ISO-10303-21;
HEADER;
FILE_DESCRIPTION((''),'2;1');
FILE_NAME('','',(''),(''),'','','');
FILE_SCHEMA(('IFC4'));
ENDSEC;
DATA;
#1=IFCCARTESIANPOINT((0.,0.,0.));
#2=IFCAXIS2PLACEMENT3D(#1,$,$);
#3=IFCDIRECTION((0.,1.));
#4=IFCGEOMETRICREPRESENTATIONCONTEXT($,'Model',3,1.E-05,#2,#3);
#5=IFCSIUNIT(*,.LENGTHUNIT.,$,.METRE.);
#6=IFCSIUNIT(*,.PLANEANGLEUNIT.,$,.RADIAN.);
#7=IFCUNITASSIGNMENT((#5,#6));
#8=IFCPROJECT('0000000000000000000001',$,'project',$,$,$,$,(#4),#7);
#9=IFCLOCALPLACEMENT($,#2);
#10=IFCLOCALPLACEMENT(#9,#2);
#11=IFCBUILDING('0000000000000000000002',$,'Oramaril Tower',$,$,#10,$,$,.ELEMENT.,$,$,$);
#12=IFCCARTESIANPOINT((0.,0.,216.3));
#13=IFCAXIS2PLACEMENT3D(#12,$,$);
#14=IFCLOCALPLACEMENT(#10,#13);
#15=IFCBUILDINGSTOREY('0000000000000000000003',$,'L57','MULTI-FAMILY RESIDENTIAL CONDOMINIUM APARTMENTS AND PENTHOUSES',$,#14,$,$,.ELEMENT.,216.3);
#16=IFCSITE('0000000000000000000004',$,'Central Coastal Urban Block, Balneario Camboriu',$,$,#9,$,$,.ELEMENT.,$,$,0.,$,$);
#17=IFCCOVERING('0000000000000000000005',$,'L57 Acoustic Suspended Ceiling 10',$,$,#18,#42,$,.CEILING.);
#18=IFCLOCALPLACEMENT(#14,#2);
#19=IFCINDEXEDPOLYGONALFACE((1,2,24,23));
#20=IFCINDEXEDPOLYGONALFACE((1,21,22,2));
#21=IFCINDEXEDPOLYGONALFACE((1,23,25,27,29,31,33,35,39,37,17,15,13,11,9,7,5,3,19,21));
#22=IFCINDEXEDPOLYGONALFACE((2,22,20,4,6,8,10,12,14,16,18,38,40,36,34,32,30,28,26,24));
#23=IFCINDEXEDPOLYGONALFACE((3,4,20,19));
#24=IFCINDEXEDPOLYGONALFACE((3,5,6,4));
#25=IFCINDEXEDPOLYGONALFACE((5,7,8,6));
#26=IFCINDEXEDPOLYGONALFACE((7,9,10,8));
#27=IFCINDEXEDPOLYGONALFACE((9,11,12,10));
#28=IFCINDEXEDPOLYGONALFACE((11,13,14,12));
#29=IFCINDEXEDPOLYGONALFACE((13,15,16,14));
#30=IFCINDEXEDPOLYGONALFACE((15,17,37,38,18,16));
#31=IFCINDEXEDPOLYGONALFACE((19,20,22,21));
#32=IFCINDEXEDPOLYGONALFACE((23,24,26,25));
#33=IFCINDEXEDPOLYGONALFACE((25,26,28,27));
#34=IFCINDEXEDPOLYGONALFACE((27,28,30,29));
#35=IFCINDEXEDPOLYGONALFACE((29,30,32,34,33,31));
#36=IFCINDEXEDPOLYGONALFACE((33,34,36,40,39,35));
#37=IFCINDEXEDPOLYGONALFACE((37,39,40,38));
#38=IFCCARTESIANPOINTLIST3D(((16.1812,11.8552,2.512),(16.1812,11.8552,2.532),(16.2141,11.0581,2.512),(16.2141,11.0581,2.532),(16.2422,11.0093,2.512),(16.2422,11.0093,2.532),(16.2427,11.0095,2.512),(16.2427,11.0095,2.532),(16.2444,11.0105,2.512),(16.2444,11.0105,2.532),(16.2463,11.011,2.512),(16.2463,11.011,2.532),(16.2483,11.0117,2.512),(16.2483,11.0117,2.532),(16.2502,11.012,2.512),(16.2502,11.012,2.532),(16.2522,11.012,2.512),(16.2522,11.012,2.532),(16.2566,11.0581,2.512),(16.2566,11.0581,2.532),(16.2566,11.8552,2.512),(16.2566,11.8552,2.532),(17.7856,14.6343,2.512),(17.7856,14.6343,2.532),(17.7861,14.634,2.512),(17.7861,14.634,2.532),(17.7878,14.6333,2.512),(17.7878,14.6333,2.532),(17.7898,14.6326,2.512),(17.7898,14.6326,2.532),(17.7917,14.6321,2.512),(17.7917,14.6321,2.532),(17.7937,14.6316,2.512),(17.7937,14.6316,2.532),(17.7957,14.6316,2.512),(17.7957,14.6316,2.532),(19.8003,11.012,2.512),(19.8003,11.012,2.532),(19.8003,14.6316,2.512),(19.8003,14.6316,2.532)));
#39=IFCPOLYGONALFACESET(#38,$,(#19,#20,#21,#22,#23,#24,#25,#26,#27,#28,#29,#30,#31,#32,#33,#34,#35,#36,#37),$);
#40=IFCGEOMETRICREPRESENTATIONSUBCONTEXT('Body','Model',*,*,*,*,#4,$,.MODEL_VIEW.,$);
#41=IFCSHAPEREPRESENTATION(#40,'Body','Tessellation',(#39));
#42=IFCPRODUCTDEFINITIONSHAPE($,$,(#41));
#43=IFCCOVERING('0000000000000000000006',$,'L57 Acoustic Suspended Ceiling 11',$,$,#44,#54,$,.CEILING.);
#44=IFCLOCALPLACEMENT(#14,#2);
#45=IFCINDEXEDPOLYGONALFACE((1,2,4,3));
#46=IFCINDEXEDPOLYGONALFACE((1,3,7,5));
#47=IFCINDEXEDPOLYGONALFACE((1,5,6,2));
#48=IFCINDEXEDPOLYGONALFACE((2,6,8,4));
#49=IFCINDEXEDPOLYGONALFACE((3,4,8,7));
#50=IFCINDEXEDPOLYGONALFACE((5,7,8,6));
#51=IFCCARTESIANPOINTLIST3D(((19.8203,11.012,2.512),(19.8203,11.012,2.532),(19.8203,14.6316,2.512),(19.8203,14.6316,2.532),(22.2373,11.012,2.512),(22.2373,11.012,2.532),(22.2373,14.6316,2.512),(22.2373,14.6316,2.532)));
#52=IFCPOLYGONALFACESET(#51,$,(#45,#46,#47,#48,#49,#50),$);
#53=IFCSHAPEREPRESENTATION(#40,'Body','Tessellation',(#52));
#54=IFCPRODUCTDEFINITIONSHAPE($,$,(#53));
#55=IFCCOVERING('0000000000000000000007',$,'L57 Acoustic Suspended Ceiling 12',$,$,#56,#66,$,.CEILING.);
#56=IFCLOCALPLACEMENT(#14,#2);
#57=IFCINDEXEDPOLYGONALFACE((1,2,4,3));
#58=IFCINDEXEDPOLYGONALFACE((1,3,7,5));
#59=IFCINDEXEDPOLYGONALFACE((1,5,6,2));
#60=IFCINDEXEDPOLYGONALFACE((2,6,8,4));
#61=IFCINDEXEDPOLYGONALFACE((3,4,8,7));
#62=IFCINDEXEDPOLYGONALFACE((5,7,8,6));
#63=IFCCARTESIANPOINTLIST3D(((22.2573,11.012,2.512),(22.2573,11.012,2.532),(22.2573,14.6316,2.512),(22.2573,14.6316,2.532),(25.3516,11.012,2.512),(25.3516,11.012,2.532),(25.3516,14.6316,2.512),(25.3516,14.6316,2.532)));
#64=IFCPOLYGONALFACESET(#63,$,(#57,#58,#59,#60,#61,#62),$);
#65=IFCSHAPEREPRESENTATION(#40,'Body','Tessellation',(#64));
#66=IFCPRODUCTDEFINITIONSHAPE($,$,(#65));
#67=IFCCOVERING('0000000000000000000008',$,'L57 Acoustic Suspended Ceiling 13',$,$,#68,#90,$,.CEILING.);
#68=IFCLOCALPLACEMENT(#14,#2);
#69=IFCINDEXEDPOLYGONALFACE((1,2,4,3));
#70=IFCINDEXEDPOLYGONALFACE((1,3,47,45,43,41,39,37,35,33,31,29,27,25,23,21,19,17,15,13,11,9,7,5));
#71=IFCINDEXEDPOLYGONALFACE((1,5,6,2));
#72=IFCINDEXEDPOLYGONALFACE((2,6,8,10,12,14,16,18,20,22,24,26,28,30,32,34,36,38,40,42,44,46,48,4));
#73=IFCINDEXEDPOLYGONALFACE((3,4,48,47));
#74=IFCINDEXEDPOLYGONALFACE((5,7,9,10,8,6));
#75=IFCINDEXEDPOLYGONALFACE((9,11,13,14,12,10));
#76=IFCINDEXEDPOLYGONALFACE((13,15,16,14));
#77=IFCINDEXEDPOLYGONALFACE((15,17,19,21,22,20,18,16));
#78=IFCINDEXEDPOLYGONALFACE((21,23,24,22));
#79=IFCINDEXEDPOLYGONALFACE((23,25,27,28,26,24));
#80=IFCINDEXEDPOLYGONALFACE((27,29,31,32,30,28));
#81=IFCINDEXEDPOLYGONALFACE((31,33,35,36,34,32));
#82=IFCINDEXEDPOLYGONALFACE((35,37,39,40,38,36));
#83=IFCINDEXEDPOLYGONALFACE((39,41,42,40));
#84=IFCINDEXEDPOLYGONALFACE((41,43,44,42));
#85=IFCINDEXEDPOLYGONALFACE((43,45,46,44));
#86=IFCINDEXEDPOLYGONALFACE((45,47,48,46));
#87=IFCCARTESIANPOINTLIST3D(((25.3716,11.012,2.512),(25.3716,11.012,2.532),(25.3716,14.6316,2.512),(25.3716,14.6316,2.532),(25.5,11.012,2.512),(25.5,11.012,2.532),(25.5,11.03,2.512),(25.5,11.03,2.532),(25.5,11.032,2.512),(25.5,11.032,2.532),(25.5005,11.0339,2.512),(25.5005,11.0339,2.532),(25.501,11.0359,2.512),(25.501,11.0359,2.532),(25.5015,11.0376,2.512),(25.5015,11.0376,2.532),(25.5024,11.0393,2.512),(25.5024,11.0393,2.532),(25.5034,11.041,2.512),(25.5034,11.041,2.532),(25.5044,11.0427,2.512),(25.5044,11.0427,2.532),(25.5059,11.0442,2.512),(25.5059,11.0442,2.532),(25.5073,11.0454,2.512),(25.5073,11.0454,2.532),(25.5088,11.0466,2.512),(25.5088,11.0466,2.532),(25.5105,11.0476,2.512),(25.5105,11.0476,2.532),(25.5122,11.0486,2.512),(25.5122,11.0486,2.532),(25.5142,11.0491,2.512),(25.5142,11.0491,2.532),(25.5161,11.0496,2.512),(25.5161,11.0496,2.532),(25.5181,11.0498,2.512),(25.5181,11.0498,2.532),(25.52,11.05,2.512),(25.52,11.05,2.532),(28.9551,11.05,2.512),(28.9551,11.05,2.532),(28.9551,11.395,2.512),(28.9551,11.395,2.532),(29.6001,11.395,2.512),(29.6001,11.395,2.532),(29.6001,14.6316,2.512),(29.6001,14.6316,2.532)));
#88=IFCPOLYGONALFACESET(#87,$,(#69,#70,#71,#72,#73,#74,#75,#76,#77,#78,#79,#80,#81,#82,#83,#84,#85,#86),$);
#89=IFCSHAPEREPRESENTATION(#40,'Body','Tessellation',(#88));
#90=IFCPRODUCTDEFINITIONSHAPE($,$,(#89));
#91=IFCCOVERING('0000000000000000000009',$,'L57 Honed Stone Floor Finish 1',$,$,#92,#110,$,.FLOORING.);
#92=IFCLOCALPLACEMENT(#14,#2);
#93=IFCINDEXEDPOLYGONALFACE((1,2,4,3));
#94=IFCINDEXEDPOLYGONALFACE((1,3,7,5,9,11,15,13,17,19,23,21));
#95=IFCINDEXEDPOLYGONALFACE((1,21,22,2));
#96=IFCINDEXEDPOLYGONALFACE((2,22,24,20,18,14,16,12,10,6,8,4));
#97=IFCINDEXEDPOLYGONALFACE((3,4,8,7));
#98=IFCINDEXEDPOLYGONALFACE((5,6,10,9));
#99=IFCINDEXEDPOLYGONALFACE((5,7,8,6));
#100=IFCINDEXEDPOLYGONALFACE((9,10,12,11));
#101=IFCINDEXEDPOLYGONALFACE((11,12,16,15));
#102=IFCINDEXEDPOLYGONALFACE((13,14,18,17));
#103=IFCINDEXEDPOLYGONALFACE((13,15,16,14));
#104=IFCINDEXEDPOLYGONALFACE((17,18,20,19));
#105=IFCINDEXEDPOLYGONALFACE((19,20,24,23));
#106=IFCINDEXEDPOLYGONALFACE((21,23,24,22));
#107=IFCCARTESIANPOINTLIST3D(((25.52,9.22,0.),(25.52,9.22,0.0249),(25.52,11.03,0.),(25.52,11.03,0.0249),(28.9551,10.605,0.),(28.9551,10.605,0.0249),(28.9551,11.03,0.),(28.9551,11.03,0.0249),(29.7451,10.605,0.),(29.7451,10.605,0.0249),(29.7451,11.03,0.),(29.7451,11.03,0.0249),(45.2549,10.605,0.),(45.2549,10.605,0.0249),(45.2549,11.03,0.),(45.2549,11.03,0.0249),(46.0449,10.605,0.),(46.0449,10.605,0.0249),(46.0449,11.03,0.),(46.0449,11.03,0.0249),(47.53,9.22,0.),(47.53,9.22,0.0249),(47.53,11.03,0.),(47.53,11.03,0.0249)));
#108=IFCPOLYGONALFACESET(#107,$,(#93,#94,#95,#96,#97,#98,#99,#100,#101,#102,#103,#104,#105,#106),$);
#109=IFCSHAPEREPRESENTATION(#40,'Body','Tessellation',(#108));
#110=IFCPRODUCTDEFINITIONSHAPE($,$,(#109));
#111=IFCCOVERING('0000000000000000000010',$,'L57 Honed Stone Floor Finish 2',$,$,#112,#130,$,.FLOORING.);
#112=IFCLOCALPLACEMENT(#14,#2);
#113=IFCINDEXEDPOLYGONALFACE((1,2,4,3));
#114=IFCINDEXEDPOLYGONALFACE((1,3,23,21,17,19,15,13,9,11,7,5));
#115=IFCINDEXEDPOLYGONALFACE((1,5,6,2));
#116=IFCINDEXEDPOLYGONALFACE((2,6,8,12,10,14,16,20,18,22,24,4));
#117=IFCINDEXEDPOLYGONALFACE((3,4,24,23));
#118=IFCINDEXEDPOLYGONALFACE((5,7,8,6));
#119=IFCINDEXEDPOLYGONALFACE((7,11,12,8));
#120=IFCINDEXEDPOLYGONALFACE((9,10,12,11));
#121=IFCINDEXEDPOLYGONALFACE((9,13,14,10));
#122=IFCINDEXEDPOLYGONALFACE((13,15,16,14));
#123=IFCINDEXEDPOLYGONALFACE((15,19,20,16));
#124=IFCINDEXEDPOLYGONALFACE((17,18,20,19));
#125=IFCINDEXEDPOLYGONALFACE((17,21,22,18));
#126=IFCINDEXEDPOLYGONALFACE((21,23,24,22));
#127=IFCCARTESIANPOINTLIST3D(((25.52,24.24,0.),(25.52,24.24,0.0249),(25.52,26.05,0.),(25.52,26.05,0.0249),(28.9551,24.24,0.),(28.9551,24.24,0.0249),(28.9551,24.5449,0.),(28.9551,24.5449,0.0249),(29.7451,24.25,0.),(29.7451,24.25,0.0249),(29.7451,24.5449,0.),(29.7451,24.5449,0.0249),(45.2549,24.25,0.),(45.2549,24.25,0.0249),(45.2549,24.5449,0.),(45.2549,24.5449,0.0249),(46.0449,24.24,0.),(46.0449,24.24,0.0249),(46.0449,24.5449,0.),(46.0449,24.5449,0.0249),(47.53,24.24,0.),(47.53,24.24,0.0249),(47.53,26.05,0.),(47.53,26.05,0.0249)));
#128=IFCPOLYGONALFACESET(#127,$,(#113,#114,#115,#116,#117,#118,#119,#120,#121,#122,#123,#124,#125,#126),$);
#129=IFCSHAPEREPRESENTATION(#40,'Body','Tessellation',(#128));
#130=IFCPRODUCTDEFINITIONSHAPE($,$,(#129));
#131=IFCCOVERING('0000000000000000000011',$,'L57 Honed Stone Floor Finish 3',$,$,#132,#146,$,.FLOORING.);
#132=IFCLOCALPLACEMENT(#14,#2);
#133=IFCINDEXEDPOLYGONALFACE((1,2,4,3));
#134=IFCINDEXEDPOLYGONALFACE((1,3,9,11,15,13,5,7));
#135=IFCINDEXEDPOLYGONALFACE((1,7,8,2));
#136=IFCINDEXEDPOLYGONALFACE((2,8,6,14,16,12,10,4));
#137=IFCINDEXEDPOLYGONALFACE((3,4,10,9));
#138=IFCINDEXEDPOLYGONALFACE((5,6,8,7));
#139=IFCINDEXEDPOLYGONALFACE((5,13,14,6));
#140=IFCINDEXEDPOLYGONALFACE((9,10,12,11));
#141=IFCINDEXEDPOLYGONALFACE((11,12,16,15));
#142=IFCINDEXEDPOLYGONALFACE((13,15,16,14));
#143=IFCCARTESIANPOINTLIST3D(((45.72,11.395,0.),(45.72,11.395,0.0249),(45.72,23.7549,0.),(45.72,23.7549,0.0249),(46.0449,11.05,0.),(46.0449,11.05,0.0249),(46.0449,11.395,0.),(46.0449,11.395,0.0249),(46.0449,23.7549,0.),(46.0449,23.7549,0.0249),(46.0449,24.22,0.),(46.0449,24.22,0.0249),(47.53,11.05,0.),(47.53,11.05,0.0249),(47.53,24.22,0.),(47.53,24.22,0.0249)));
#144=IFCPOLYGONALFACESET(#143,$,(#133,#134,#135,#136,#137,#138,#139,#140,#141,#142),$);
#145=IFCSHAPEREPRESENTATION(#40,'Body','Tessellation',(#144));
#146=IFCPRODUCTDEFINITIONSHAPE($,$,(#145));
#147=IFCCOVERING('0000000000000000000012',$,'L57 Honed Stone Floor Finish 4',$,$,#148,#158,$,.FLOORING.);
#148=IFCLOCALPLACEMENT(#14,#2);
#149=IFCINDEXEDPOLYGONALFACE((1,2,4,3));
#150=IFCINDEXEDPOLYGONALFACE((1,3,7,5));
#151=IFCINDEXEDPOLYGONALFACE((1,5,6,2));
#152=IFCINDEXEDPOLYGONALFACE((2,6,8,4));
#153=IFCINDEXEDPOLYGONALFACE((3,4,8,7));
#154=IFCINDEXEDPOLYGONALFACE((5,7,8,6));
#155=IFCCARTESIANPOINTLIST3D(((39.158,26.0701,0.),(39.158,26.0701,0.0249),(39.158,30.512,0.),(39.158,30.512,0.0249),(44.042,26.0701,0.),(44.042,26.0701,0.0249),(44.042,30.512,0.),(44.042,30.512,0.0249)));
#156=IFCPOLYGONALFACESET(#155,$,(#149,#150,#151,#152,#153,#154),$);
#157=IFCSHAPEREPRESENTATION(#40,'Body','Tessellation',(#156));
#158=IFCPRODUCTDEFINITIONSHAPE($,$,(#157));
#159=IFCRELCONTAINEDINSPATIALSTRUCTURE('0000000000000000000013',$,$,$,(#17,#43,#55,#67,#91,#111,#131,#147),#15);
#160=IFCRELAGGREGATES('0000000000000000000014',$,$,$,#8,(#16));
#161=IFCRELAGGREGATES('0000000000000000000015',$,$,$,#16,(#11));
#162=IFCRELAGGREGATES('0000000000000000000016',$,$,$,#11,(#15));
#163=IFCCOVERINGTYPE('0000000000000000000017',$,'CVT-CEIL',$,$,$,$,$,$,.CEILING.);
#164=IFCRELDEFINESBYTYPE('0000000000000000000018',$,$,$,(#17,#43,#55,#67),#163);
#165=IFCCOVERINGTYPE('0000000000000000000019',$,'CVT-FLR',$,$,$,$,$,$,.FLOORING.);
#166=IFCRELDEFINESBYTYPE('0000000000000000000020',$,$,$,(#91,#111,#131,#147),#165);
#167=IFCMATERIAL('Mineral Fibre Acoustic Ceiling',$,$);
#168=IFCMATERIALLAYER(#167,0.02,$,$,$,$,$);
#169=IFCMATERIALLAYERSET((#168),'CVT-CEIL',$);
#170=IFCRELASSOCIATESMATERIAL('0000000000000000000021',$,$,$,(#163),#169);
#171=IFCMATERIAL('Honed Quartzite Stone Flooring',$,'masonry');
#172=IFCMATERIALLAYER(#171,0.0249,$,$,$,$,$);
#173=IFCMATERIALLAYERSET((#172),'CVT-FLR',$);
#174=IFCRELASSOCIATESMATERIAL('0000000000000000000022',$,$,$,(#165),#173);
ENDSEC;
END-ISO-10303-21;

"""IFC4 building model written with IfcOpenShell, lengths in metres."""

from ifc_helpers import new_model, si_unit, direction, frame, origin, place, context, subcontext, project, spatial, polyline, outline, extrude, material, layer, layer_set, type_object, element, save


model = new_model("IFC4")

# Units and contexts
model_context = context("Model", 3, precision=1e-05, world=origin(), true_north=direction((0.0, 1.0)))
body_context = subcontext(model_context, "Body", "Model", "MODEL_VIEW")
ifc_project = project(units=[si_unit("LENGTHUNIT", "METRE"), si_unit("PLANEANGLEUNIT", "RADIAN")], contexts=[model_context])

# Site, building, storey
site_placement = place(None, origin())
site = spatial("IfcSite", under=ifc_project, at=site_placement, Name="Central Coastal Urban Block, Balneario Camboriu", CompositionType="ELEMENT", RefElevation=0.0)
building_placement = place(site_placement, origin())
building = spatial("IfcBuilding", under=site, at=building_placement, Name="Oramaril Tower", CompositionType="ELEMENT")
storey_placement = place(building_placement, frame((0.0, 0.0, 216.3)))
storey = spatial("IfcBuildingStorey", under=building, at=storey_placement, Name="L57", Description="MULTI-FAMILY RESIDENTIAL CONDOMINIUM APARTMENTS AND PENTHOUSES", CompositionType="ELEMENT", Elevation=216.3)

# Coverings
ifc_material_1 = material(Name="Mineral Fibre Acoustic Ceiling")
ifc_layer_1 = layer(ifc_material_1, 0.02)
ifc_layer_set_1 = layer_set([ifc_layer_1], Name="CVT-CEIL")
covering_type_1 = type_object("IfcCoveringType", Name="CVT-CEIL", PredefinedType="CEILING", material=ifc_layer_set_1)
covering_1_placement = place(storey_placement, frame((0.0, 0.0, 2.512)))
element("IfcCovering", 1, at=covering_1_placement, inside=storey, type_object=covering_type_1, Name="L57 Acoustic Suspended Ceiling 10", PredefinedType="CEILING", context=body_context, shape_type="SweptSolid", body=[
    extrude(outline(polyline([(16.2141, 11.0581), (16.2566, 11.0581), (16.2566, 11.8552), (16.1812, 11.8552), (17.7856, 14.6343), (17.7861, 14.634), (17.7878, 14.6333), (17.7898, 14.6326), (17.7917, 14.6321), (17.7937, 14.6316), (17.7957, 14.6316), (19.8003, 14.6316), (19.8003, 11.012), (16.2522, 11.012), (16.2502, 11.012), (16.2483, 11.0117), (16.2463, 11.011), (16.2444, 11.0105), (16.2427, 11.0095), (16.2422, 11.0093), (16.2141, 11.0581)])), origin(), (0.0, 0.0, 1.0), 0.02),
])
covering_2_placement = place(storey_placement, frame((0.0, 0.0, 2.512)))
element("IfcCovering", 2, at=covering_2_placement, inside=storey, type_object=covering_type_1, Name="L57 Acoustic Suspended Ceiling 11", PredefinedType="CEILING", context=body_context, shape_type="SweptSolid", body=[
    extrude(outline(polyline([(22.2373, 11.012), (19.8203, 11.012), (19.8203, 14.6316), (22.2373, 14.6316), (22.2373, 11.012)])), origin(), (0.0, 0.0, 1.0), 0.02),
])
covering_3_placement = place(storey_placement, frame((0.0, 0.0, 2.512)))
element("IfcCovering", 3, at=covering_3_placement, inside=storey, type_object=covering_type_1, Name="L57 Acoustic Suspended Ceiling 12", PredefinedType="CEILING", context=body_context, shape_type="SweptSolid", body=[
    extrude(outline(polyline([(25.3516, 11.012), (22.2573, 11.012), (22.2573, 14.6316), (25.3516, 14.6316), (25.3516, 11.012)])), origin(), (0.0, 0.0, 1.0), 0.02),
])
covering_4_placement = place(storey_placement, frame((0.0, 0.0, 2.512)))
element("IfcCovering", 4, at=covering_4_placement, inside=storey, type_object=covering_type_1, Name="L57 Acoustic Suspended Ceiling 13", PredefinedType="CEILING", context=body_context, shape_type="SweptSolid", body=[
    extrude(outline(polyline([(29.6001, 11.395), (28.9551, 11.395), (28.9551, 11.05), (25.52, 11.05), (25.5181, 11.0498), (25.5161, 11.0496), (25.5142, 11.0491), (25.5122, 11.0486), (25.5105, 11.0476), (25.5088, 11.0466), (25.5073, 11.0454), (25.5059, 11.0442), (25.5044, 11.0427), (25.5034, 11.041), (25.5024, 11.0393), (25.5015, 11.0376), (25.501, 11.0359), (25.5005, 11.0339), (25.5, 11.032), (25.5, 11.03), (25.5, 11.012), (25.3716, 11.012), (25.3716, 14.6316), (29.6001, 14.6316), (29.6001, 11.395)])), origin(), (0.0, 0.0, 1.0), 0.02),
])
ifc_material_2 = material(Name="Honed Quartzite Stone Flooring", Category="masonry")
ifc_layer_2 = layer(ifc_material_2, 0.0249)
ifc_layer_set_2 = layer_set([ifc_layer_2], Name="CVT-FLR")
covering_type_2 = type_object("IfcCoveringType", Name="CVT-FLR", PredefinedType="FLOORING", material=ifc_layer_set_2)
covering_5_placement = place(storey_placement, origin())
element("IfcCovering", 5, at=covering_5_placement, inside=storey, type_object=covering_type_2, Name="L57 Honed Stone Floor Finish 1", PredefinedType="FLOORING", context=body_context, shape_type="SweptSolid", body=[
    extrude(outline(polyline([(28.9551, 10.605), (29.7451, 10.605), (29.7451, 11.03), (45.2549, 11.03), (45.2549, 10.605), (46.0449, 10.605), (46.0449, 11.03), (47.53, 11.03), (47.53, 9.22), (25.52, 9.22), (25.52, 11.03), (28.9551, 11.03), (28.9551, 10.605)])), origin(), (0.0, 0.0, 1.0), 0.0249),
])
covering_6_placement = place(storey_placement, origin())
element("IfcCovering", 6, at=covering_6_placement, inside=storey, type_object=covering_type_2, Name="L57 Honed Stone Floor Finish 2", PredefinedType="FLOORING", context=body_context, shape_type="SweptSolid", body=[
    extrude(outline(polyline([(47.53, 24.24), (46.0449, 24.24), (46.0449, 24.5449), (45.2549, 24.5449), (45.2549, 24.25), (29.7451, 24.25), (29.7451, 24.5449), (28.9551, 24.5449), (28.9551, 24.24), (25.52, 24.24), (25.52, 26.05), (47.53, 26.05), (47.53, 24.24)])), origin(), (0.0, 0.0, 1.0), 0.0249),
])
covering_7_placement = place(storey_placement, origin())
element("IfcCovering", 7, at=covering_7_placement, inside=storey, type_object=covering_type_2, Name="L57 Honed Stone Floor Finish 3", PredefinedType="FLOORING", context=body_context, shape_type="SweptSolid", body=[
    extrude(outline(polyline([(47.53, 11.05), (46.0449, 11.05), (46.0449, 11.395), (45.72, 11.395), (45.72, 23.7549), (46.0449, 23.7549), (46.0449, 24.22), (47.53, 24.22), (47.53, 11.05)])), origin(), (0.0, 0.0, 1.0), 0.0249),
])
covering_8_placement = place(storey_placement, origin())
element("IfcCovering", 8, at=covering_8_placement, inside=storey, type_object=covering_type_2, Name="L57 Honed Stone Floor Finish 4", PredefinedType="FLOORING", context=body_context, shape_type="SweptSolid", body=[
    extrude(outline(polyline([(44.042, 30.512), (44.042, 26.0701), (39.158, 26.0701), (39.158, 30.512), (44.042, 30.512)])), origin(), (0.0, 0.0, 1.0), 0.0249),
])

save(model, "model.ifc")
